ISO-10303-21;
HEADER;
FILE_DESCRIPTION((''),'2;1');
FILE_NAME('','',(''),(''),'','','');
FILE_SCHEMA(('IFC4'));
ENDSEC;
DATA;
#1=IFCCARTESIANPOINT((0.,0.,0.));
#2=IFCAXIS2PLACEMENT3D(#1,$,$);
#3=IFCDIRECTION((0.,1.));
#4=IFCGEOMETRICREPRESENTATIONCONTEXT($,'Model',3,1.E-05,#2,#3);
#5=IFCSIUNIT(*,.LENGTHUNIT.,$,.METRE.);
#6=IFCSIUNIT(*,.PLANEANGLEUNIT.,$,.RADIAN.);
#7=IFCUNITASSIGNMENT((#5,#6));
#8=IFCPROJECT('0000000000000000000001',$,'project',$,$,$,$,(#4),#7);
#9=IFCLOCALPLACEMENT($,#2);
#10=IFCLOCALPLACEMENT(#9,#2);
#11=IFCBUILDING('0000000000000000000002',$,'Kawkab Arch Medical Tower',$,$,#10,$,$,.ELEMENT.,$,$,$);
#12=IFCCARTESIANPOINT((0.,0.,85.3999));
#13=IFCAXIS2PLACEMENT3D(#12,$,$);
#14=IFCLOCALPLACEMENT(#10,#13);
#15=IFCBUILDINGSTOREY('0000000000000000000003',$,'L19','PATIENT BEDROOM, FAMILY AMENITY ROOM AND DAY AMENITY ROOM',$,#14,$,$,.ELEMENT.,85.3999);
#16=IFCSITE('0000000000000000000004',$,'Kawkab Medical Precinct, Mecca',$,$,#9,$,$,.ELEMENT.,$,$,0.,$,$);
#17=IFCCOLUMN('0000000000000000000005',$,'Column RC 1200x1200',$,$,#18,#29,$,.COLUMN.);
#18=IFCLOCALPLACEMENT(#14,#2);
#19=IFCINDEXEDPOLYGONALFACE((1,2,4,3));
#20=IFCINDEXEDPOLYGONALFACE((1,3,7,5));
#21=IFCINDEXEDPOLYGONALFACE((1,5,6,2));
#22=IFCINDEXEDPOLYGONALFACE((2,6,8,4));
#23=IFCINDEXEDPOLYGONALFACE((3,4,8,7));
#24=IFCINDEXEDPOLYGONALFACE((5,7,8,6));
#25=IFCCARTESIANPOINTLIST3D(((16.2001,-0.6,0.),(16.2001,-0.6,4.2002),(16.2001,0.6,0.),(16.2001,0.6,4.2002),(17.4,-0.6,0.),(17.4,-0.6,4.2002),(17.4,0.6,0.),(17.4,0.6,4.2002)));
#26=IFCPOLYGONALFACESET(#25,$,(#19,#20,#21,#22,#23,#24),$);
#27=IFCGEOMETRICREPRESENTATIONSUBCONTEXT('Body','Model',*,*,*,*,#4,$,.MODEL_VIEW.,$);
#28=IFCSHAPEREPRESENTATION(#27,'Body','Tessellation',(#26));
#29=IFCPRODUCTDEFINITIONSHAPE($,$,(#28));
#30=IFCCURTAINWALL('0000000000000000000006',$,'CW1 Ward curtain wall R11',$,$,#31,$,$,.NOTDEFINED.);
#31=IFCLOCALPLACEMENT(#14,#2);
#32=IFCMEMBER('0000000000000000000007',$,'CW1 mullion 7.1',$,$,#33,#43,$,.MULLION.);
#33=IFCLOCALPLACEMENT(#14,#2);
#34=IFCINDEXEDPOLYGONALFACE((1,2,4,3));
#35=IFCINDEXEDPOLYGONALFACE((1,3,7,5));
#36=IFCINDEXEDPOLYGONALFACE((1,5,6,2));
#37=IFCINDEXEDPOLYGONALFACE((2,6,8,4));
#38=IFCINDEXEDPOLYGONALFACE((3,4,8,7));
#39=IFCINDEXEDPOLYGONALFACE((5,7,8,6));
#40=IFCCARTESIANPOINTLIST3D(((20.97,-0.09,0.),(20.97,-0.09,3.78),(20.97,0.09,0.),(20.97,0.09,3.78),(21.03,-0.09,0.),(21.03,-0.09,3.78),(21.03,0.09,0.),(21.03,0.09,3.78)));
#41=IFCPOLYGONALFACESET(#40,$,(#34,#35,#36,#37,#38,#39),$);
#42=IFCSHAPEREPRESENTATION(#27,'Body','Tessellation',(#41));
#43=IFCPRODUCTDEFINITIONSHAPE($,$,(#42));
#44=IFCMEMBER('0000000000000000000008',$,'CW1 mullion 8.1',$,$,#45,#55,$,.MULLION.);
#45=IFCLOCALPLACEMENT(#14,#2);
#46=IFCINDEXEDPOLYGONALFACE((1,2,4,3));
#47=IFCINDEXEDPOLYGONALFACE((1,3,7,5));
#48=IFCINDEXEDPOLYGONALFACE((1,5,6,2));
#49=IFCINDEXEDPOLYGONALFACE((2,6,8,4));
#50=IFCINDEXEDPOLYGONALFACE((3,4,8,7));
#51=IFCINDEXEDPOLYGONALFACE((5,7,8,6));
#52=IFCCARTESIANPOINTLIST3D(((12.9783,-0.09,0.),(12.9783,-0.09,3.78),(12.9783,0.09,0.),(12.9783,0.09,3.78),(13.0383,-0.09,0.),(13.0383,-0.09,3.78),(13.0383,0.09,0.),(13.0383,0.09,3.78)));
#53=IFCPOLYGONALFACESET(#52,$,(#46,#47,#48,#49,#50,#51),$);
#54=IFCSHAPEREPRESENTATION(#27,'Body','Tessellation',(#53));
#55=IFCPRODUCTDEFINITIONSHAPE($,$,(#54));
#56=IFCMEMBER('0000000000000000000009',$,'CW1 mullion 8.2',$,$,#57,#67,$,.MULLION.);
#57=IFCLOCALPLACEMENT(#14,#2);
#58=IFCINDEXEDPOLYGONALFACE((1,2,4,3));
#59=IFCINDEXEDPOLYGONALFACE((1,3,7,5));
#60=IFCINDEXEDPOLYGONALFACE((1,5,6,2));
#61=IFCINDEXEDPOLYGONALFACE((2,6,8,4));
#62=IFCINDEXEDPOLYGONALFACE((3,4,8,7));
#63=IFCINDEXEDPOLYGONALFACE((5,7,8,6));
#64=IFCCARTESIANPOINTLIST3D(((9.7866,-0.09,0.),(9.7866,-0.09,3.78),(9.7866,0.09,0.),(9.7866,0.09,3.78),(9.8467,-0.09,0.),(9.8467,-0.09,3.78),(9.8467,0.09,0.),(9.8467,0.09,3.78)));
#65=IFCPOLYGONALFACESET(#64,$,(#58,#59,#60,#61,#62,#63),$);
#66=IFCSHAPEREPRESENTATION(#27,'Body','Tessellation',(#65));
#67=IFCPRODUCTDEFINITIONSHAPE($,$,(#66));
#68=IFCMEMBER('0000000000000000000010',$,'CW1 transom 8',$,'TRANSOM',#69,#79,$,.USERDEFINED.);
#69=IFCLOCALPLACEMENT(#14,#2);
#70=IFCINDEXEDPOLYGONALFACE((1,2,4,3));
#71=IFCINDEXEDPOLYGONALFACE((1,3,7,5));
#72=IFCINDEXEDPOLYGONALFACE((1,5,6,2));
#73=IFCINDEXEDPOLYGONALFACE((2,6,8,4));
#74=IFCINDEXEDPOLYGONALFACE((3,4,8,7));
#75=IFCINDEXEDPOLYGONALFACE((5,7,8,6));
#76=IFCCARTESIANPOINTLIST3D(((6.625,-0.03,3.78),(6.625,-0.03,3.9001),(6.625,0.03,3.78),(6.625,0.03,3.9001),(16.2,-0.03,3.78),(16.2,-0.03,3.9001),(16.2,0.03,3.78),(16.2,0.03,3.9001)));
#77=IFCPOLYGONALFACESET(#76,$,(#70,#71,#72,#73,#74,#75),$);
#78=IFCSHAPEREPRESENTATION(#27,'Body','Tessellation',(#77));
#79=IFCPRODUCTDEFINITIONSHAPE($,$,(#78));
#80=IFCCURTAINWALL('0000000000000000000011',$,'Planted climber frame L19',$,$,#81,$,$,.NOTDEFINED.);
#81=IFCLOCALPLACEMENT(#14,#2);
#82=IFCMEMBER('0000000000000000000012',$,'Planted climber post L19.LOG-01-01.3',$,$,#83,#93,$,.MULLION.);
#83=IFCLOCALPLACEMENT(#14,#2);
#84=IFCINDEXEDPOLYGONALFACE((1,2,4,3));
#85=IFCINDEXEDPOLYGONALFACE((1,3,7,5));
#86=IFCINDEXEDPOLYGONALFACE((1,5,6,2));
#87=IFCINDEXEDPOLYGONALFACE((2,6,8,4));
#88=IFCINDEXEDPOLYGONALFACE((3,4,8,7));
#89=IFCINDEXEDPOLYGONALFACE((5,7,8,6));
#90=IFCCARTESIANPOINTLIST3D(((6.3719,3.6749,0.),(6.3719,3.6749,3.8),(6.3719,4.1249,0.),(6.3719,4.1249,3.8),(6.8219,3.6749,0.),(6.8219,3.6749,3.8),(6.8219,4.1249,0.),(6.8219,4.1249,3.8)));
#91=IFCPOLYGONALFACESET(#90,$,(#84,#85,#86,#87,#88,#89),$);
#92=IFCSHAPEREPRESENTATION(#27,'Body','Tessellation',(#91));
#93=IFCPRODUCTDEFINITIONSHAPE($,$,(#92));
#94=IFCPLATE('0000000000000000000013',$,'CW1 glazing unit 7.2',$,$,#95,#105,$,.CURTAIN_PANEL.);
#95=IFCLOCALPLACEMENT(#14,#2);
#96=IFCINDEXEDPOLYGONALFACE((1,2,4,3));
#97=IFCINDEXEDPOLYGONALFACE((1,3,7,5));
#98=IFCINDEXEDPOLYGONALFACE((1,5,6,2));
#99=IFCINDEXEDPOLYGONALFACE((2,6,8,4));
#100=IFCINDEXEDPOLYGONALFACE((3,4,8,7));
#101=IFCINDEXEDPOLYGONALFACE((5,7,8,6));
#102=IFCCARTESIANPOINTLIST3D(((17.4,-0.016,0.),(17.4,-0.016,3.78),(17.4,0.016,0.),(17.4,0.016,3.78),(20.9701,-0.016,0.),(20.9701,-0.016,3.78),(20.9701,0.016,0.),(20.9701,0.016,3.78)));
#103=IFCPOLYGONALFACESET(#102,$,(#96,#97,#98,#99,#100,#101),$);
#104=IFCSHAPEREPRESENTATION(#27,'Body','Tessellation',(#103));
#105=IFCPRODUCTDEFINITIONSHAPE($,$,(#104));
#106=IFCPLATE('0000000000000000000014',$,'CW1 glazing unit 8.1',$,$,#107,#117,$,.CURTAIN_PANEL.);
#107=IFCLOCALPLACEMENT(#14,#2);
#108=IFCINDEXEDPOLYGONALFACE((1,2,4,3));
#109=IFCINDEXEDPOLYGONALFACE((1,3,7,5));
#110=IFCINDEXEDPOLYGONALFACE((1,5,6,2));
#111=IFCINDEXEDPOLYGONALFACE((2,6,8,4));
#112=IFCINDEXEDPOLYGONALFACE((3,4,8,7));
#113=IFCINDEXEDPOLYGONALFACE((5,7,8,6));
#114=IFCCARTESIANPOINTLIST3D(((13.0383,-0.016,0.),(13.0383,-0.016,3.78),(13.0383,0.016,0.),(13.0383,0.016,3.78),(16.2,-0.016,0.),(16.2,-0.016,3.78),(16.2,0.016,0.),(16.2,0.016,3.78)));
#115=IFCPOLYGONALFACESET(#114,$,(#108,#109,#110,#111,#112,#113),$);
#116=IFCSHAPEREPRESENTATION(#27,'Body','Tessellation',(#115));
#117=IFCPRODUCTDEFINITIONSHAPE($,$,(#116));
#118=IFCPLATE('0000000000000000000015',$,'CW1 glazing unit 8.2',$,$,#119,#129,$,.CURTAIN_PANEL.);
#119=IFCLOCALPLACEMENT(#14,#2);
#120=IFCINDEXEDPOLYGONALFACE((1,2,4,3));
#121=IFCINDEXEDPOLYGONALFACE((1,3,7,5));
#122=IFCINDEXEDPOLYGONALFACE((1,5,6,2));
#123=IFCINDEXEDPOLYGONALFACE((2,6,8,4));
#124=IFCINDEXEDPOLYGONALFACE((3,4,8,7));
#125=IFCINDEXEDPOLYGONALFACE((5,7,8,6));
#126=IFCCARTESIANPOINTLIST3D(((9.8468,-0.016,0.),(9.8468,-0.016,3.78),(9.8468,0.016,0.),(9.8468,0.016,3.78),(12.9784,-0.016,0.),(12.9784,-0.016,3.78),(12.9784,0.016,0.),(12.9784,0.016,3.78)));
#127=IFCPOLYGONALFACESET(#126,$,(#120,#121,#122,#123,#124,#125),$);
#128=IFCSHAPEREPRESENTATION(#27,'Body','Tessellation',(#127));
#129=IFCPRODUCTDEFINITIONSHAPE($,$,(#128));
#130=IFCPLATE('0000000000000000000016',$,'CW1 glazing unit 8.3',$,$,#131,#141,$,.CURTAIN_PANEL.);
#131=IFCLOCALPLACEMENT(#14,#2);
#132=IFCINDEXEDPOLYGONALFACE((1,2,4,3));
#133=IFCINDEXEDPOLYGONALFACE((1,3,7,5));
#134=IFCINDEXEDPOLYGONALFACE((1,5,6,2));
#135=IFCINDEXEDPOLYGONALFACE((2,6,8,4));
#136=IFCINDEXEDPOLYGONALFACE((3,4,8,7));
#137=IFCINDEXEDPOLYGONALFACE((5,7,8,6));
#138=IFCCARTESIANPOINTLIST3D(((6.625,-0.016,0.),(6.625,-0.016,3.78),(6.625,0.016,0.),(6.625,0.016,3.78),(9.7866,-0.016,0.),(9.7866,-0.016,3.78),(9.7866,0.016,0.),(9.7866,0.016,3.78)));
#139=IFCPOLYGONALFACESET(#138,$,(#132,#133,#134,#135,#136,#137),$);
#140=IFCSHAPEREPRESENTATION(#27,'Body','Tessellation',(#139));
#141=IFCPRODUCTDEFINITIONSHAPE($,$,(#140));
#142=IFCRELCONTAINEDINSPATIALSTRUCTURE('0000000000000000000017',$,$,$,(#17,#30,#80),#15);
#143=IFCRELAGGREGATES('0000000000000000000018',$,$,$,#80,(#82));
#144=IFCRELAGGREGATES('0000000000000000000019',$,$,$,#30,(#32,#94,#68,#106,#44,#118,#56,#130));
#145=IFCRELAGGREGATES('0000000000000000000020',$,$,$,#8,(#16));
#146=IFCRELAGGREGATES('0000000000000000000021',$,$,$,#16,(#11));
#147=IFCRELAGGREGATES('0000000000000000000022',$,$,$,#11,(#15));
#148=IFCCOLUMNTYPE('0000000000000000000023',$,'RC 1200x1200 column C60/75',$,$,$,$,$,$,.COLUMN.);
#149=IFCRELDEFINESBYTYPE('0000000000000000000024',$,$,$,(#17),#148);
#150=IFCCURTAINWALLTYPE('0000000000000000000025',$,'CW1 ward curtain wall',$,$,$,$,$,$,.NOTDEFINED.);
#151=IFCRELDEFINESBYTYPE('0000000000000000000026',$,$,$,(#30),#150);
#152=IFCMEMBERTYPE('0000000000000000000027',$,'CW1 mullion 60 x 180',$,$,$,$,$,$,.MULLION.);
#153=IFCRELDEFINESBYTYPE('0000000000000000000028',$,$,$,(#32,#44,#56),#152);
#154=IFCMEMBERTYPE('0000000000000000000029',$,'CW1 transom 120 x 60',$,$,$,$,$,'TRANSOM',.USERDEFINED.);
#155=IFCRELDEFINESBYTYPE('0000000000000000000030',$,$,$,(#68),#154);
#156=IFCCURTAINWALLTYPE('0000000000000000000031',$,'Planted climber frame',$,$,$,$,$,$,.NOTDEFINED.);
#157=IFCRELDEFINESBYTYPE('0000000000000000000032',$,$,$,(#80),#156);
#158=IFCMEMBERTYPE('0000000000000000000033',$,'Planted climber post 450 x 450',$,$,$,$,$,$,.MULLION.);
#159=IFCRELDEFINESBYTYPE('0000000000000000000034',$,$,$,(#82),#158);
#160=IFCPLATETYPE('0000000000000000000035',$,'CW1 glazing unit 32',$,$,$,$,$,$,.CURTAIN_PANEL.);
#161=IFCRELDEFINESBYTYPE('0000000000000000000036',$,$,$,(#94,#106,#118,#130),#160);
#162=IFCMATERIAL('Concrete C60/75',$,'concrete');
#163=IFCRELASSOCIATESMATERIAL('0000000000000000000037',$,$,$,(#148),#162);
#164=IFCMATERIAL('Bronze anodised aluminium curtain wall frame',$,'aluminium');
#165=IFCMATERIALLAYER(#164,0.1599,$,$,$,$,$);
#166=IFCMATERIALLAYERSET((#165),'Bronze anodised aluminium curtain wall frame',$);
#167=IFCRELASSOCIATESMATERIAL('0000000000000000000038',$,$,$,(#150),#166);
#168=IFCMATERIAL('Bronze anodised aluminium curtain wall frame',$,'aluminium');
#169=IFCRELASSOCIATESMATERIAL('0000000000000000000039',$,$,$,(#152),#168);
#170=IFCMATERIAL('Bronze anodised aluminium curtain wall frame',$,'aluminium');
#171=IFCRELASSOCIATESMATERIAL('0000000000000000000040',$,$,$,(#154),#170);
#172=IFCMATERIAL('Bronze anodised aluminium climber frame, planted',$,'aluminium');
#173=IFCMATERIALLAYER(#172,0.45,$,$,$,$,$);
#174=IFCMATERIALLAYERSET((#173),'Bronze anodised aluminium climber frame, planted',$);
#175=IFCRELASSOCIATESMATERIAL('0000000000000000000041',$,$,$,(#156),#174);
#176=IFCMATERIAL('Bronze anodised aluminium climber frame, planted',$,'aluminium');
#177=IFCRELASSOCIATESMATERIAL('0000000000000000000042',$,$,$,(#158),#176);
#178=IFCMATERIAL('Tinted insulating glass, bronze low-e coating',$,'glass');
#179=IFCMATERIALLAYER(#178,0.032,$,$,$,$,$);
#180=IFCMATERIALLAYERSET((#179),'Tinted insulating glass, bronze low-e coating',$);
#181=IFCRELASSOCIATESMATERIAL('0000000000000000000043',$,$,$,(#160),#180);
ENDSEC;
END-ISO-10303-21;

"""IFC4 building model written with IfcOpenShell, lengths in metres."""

from ifc_helpers import new_model, si_unit, direction, frame, origin, origin_2d, place, context, subcontext, project, spatial, rectangle, extrude, material, layer, layer_set, material_profile, profile_set, type_object, element, aggregate, save


model = new_model("IFC4")

# Units and contexts
model_context = context("Model", 3, precision=1e-05, world=origin(), true_north=direction((0.0, 1.0)))
body_context = subcontext(model_context, "Body", "Model", "MODEL_VIEW")
ifc_project = project(units=[si_unit("LENGTHUNIT", "METRE"), si_unit("PLANEANGLEUNIT", "RADIAN")], contexts=[model_context])

# Site, building, storey
site_placement = place(None, origin())
site = spatial("IfcSite", under=ifc_project, at=site_placement, Name="Kawkab Medical Precinct, Mecca", CompositionType="ELEMENT", RefElevation=0.0)
building_placement = place(site_placement, origin())
building = spatial("IfcBuilding", under=site, at=building_placement, Name="Kawkab Arch Medical Tower", CompositionType="ELEMENT")
storey_placement = place(building_placement, frame((0.0, 0.0, 85.3999)))
storey = spatial("IfcBuildingStorey", under=building, at=storey_placement, Name="L19", Description="PATIENT BEDROOM, FAMILY AMENITY ROOM AND DAY AMENITY ROOM", CompositionType="ELEMENT", Elevation=85.3999)

# Column
ifc_material_1 = material(Name="Concrete C60/75", Category="concrete")
ifc_material_profile_1 = material_profile(ifc_material_1, rectangle(XDim=1.2, YDim=1.2, at=origin_2d()), Name="RC 1200x1200")
ifc_profile_set_1 = profile_set([ifc_material_profile_1], Name="Concrete C60/75")
column_type = type_object("IfcColumnType", Name="RC 1200x1200 column C60/75", PredefinedType="COLUMN", material=ifc_profile_set_1)
column_placement = place(storey_placement, frame((16.8, 0.0, 0.0), z_axis=(0.0, 0.0, 1.0), x_axis=(1.0, 0.0, 0.0)))
element("IfcColumn", 1, at=column_placement, inside=storey, type_object=column_type, Name="Column RC 1200x1200", PredefinedType="COLUMN", context=body_context, shape_type="SweptSolid", body=[
    extrude(rectangle(XDim=1.2, YDim=1.2, at=origin_2d()), origin(), (0.0, 0.0, 1.0), 4.2002),
])

# Curtain wall, members
ifc_material_2 = material(Name="Bronze anodised aluminium curtain wall frame", Category="aluminium")
ifc_layer_1 = layer(ifc_material_2, 0.1599)
ifc_layer_set_1 = layer_set([ifc_layer_1], Name="Bronze anodised aluminium curtain wall frame")
curtain_wall_type_1 = type_object("IfcCurtainWallType", Name="CW1 ward curtain wall", PredefinedType="NOTDEFINED", material=ifc_layer_set_1)
placement = place(storey_placement, origin())
curtain_wall_1 = element("IfcCurtainWall", 2, at=placement, inside=storey, type_object=curtain_wall_type_1, Name="CW1 Ward curtain wall R11", PredefinedType="NOTDEFINED")
ifc_material_3 = material(Name="Bronze anodised aluminium curtain wall frame", Category="aluminium")
ifc_material_profile_2 = material_profile(ifc_material_3, rectangle(XDim=0.1799, YDim=0.0601, at=origin_2d()), Name="AL 60x180")
ifc_profile_set_2 = profile_set([ifc_material_profile_2], Name="Bronze anodised aluminium curtain wall frame")
member_type_1 = type_object("IfcMemberType", Name="CW1 mullion 60 x 180", PredefinedType="MULLION", material=ifc_profile_set_2)
member_1_placement = place(storey_placement, frame((21.0, 0.0, 0.0), z_axis=(0.0, 0.0, 1.0), x_axis=(0.0, -1.0, 0.0)))
member_1 = element("IfcMember", 3, at=member_1_placement, type_object=member_type_1, Name="CW1 mullion 7.1", PredefinedType="MULLION", context=body_context, shape_type="SweptSolid", body=[
    extrude(rectangle(XDim=0.1799, YDim=0.0601, at=origin_2d()), origin(), (0.0, 0.0, 1.0), 3.78),
])
member_2_placement = place(storey_placement, frame((13.0083, 0.0, 0.0), z_axis=(0.0, 0.0, 1.0), x_axis=(0.0, -1.0, 0.0)))
member_2 = element("IfcMember", 4, at=member_2_placement, type_object=member_type_1, Name="CW1 mullion 8.1", PredefinedType="MULLION", context=body_context, shape_type="SweptSolid", body=[
    extrude(rectangle(XDim=0.1799, YDim=0.0601, at=origin_2d()), origin(), (0.0, 0.0, 1.0), 3.78),
])
member_3_placement = place(storey_placement, frame((9.8167, 0.0, 0.0), z_axis=(0.0, 0.0, 1.0), x_axis=(0.0, -1.0, 0.0)))
member_3 = element("IfcMember", 5, at=member_3_placement, type_object=member_type_1, Name="CW1 mullion 8.2", PredefinedType="MULLION", context=body_context, shape_type="SweptSolid", body=[
    extrude(rectangle(XDim=0.1799, YDim=0.0601, at=origin_2d()), origin(), (0.0, 0.0, 1.0), 3.78),
])
ifc_material_4 = material(Name="Bronze anodised aluminium curtain wall frame", Category="aluminium")
ifc_material_profile_3 = material_profile(ifc_material_4, rectangle(XDim=0.0601, YDim=0.1201, at=origin_2d()), Name="AL 60x120")
ifc_profile_set_3 = profile_set([ifc_material_profile_3], Name="Bronze anodised aluminium curtain wall frame")
member_type_2 = type_object("IfcMemberType", Name="CW1 transom 120 x 60", ElementType="TRANSOM", PredefinedType="USERDEFINED", material=ifc_profile_set_3)
member_4_placement = place(storey_placement, frame((16.2, 0.0, 3.8401), z_axis=(-1.0, 0.0, 0.0), x_axis=(0.0, -1.0, 0.0)))
member_4 = element("IfcMember", 6, at=member_4_placement, type_object=member_type_2, Name="CW1 transom 8", ObjectType="TRANSOM", PredefinedType="USERDEFINED", context=body_context, shape_type="SweptSolid", body=[
    extrude(rectangle(XDim=0.0601, YDim=0.1201, at=origin_2d()), origin(), (0.0, 0.0, 1.0), 9.575),
])

# Curtain wall, member
ifc_material_5 = material(Name="Bronze anodised aluminium climber frame, planted", Category="aluminium")
ifc_layer_2 = layer(ifc_material_5, 0.45)
ifc_layer_set_2 = layer_set([ifc_layer_2], Name="Bronze anodised aluminium climber frame, planted")
curtain_wall_type_2 = type_object("IfcCurtainWallType", Name="Planted climber frame", PredefinedType="NOTDEFINED", material=ifc_layer_set_2)
curtain_wall_2 = element("IfcCurtainWall", 7, at=placement, inside=storey, type_object=curtain_wall_type_2, Name="Planted climber frame L19", PredefinedType="NOTDEFINED")
ifc_material_6 = material(Name="Bronze anodised aluminium climber frame, planted", Category="aluminium")
ifc_material_profile_4 = material_profile(ifc_material_6, rectangle(XDim=0.45, YDim=0.45, at=origin_2d()), Name="Post 450x450")
ifc_profile_set_4 = profile_set([ifc_material_profile_4], Name="Bronze anodised aluminium climber frame, planted")
member_type_3 = type_object("IfcMemberType", Name="Planted climber post 450 x 450", PredefinedType="MULLION", material=ifc_profile_set_4)
member_5_placement = place(storey_placement, frame((6.5969, 3.8999, 0.0), z_axis=(0.0, 0.0, 1.0), x_axis=(1.0, 0.0, 0.0)))
member_5 = element("IfcMember", 8, at=member_5_placement, type_object=member_type_3, Name="Planted climber post L19.LOG-01-01.3", PredefinedType="MULLION", context=body_context, shape_type="SweptSolid", body=[
    extrude(rectangle(XDim=0.45, YDim=0.45, at=origin_2d()), origin(), (0.0, 0.0, 1.0), 3.8),
])
aggregate(curtain_wall_2, [member_5])

# Plates
ifc_material_7 = material(Name="Tinted insulating glass, bronze low-e coating", Category="glass")
ifc_layer_3 = layer(ifc_material_7, 0.032)
ifc_layer_set_3 = layer_set([ifc_layer_3], Name="Tinted insulating glass, bronze low-e coating")
plate_type = type_object("IfcPlateType", Name="CW1 glazing unit 32", PredefinedType="CURTAIN_PANEL", material=ifc_layer_set_3)
plate_1_placement = place(storey_placement, frame((19.1851, 0.0, 0.0), z_axis=(0.0, 0.0, 1.0), x_axis=(-1.0, 0.0, 0.0)))
plate_1 = element("IfcPlate", 9, at=plate_1_placement, type_object=plate_type, Name="CW1 glazing unit 7.2", PredefinedType="CURTAIN_PANEL", context=body_context, shape_type="SweptSolid", body=[
    extrude(rectangle(XDim=3.5701, YDim=0.032, at=origin_2d()), origin(), (0.0, 0.0, 1.0), 3.78),
])
plate_2_placement = place(storey_placement, frame((14.6191, 0.0, 0.0), z_axis=(0.0, 0.0, 1.0), x_axis=(-1.0, 0.0, 0.0)))
plate_2 = element("IfcPlate", 10, at=plate_2_placement, type_object=plate_type, Name="CW1 glazing unit 8.1", PredefinedType="CURTAIN_PANEL", context=body_context, shape_type="SweptSolid", body=[
    extrude(rectangle(XDim=3.1616, YDim=0.032, at=origin_2d()), origin(), (0.0, 0.0, 1.0), 3.78),
])
plate_3_placement = place(storey_placement, frame((11.4126, 0.0, 0.0), z_axis=(0.0, 0.0, 1.0), x_axis=(-1.0, 0.0, 0.0)))
plate_3 = element("IfcPlate", 11, at=plate_3_placement, type_object=plate_type, Name="CW1 glazing unit 8.2", PredefinedType="CURTAIN_PANEL", context=body_context, shape_type="SweptSolid", body=[
    extrude(rectangle(XDim=3.1316, YDim=0.032, at=origin_2d()), origin(), (0.0, 0.0, 1.0), 3.78),
])
plate_4_placement = place(storey_placement, frame((8.2058, 0.0, 0.0), z_axis=(0.0, 0.0, 1.0), x_axis=(-1.0, 0.0, 0.0)))
plate_4 = element("IfcPlate", 12, at=plate_4_placement, type_object=plate_type, Name="CW1 glazing unit 8.3", PredefinedType="CURTAIN_PANEL", context=body_context, shape_type="SweptSolid", body=[
    extrude(rectangle(XDim=3.1616, YDim=0.032, at=origin_2d()), origin(), (0.0, 0.0, 1.0), 3.78),
])
aggregate(curtain_wall_1, [member_1, plate_1, member_4, plate_2, member_2, plate_3, member_3, plate_4])

save(model, "model.ifc")
